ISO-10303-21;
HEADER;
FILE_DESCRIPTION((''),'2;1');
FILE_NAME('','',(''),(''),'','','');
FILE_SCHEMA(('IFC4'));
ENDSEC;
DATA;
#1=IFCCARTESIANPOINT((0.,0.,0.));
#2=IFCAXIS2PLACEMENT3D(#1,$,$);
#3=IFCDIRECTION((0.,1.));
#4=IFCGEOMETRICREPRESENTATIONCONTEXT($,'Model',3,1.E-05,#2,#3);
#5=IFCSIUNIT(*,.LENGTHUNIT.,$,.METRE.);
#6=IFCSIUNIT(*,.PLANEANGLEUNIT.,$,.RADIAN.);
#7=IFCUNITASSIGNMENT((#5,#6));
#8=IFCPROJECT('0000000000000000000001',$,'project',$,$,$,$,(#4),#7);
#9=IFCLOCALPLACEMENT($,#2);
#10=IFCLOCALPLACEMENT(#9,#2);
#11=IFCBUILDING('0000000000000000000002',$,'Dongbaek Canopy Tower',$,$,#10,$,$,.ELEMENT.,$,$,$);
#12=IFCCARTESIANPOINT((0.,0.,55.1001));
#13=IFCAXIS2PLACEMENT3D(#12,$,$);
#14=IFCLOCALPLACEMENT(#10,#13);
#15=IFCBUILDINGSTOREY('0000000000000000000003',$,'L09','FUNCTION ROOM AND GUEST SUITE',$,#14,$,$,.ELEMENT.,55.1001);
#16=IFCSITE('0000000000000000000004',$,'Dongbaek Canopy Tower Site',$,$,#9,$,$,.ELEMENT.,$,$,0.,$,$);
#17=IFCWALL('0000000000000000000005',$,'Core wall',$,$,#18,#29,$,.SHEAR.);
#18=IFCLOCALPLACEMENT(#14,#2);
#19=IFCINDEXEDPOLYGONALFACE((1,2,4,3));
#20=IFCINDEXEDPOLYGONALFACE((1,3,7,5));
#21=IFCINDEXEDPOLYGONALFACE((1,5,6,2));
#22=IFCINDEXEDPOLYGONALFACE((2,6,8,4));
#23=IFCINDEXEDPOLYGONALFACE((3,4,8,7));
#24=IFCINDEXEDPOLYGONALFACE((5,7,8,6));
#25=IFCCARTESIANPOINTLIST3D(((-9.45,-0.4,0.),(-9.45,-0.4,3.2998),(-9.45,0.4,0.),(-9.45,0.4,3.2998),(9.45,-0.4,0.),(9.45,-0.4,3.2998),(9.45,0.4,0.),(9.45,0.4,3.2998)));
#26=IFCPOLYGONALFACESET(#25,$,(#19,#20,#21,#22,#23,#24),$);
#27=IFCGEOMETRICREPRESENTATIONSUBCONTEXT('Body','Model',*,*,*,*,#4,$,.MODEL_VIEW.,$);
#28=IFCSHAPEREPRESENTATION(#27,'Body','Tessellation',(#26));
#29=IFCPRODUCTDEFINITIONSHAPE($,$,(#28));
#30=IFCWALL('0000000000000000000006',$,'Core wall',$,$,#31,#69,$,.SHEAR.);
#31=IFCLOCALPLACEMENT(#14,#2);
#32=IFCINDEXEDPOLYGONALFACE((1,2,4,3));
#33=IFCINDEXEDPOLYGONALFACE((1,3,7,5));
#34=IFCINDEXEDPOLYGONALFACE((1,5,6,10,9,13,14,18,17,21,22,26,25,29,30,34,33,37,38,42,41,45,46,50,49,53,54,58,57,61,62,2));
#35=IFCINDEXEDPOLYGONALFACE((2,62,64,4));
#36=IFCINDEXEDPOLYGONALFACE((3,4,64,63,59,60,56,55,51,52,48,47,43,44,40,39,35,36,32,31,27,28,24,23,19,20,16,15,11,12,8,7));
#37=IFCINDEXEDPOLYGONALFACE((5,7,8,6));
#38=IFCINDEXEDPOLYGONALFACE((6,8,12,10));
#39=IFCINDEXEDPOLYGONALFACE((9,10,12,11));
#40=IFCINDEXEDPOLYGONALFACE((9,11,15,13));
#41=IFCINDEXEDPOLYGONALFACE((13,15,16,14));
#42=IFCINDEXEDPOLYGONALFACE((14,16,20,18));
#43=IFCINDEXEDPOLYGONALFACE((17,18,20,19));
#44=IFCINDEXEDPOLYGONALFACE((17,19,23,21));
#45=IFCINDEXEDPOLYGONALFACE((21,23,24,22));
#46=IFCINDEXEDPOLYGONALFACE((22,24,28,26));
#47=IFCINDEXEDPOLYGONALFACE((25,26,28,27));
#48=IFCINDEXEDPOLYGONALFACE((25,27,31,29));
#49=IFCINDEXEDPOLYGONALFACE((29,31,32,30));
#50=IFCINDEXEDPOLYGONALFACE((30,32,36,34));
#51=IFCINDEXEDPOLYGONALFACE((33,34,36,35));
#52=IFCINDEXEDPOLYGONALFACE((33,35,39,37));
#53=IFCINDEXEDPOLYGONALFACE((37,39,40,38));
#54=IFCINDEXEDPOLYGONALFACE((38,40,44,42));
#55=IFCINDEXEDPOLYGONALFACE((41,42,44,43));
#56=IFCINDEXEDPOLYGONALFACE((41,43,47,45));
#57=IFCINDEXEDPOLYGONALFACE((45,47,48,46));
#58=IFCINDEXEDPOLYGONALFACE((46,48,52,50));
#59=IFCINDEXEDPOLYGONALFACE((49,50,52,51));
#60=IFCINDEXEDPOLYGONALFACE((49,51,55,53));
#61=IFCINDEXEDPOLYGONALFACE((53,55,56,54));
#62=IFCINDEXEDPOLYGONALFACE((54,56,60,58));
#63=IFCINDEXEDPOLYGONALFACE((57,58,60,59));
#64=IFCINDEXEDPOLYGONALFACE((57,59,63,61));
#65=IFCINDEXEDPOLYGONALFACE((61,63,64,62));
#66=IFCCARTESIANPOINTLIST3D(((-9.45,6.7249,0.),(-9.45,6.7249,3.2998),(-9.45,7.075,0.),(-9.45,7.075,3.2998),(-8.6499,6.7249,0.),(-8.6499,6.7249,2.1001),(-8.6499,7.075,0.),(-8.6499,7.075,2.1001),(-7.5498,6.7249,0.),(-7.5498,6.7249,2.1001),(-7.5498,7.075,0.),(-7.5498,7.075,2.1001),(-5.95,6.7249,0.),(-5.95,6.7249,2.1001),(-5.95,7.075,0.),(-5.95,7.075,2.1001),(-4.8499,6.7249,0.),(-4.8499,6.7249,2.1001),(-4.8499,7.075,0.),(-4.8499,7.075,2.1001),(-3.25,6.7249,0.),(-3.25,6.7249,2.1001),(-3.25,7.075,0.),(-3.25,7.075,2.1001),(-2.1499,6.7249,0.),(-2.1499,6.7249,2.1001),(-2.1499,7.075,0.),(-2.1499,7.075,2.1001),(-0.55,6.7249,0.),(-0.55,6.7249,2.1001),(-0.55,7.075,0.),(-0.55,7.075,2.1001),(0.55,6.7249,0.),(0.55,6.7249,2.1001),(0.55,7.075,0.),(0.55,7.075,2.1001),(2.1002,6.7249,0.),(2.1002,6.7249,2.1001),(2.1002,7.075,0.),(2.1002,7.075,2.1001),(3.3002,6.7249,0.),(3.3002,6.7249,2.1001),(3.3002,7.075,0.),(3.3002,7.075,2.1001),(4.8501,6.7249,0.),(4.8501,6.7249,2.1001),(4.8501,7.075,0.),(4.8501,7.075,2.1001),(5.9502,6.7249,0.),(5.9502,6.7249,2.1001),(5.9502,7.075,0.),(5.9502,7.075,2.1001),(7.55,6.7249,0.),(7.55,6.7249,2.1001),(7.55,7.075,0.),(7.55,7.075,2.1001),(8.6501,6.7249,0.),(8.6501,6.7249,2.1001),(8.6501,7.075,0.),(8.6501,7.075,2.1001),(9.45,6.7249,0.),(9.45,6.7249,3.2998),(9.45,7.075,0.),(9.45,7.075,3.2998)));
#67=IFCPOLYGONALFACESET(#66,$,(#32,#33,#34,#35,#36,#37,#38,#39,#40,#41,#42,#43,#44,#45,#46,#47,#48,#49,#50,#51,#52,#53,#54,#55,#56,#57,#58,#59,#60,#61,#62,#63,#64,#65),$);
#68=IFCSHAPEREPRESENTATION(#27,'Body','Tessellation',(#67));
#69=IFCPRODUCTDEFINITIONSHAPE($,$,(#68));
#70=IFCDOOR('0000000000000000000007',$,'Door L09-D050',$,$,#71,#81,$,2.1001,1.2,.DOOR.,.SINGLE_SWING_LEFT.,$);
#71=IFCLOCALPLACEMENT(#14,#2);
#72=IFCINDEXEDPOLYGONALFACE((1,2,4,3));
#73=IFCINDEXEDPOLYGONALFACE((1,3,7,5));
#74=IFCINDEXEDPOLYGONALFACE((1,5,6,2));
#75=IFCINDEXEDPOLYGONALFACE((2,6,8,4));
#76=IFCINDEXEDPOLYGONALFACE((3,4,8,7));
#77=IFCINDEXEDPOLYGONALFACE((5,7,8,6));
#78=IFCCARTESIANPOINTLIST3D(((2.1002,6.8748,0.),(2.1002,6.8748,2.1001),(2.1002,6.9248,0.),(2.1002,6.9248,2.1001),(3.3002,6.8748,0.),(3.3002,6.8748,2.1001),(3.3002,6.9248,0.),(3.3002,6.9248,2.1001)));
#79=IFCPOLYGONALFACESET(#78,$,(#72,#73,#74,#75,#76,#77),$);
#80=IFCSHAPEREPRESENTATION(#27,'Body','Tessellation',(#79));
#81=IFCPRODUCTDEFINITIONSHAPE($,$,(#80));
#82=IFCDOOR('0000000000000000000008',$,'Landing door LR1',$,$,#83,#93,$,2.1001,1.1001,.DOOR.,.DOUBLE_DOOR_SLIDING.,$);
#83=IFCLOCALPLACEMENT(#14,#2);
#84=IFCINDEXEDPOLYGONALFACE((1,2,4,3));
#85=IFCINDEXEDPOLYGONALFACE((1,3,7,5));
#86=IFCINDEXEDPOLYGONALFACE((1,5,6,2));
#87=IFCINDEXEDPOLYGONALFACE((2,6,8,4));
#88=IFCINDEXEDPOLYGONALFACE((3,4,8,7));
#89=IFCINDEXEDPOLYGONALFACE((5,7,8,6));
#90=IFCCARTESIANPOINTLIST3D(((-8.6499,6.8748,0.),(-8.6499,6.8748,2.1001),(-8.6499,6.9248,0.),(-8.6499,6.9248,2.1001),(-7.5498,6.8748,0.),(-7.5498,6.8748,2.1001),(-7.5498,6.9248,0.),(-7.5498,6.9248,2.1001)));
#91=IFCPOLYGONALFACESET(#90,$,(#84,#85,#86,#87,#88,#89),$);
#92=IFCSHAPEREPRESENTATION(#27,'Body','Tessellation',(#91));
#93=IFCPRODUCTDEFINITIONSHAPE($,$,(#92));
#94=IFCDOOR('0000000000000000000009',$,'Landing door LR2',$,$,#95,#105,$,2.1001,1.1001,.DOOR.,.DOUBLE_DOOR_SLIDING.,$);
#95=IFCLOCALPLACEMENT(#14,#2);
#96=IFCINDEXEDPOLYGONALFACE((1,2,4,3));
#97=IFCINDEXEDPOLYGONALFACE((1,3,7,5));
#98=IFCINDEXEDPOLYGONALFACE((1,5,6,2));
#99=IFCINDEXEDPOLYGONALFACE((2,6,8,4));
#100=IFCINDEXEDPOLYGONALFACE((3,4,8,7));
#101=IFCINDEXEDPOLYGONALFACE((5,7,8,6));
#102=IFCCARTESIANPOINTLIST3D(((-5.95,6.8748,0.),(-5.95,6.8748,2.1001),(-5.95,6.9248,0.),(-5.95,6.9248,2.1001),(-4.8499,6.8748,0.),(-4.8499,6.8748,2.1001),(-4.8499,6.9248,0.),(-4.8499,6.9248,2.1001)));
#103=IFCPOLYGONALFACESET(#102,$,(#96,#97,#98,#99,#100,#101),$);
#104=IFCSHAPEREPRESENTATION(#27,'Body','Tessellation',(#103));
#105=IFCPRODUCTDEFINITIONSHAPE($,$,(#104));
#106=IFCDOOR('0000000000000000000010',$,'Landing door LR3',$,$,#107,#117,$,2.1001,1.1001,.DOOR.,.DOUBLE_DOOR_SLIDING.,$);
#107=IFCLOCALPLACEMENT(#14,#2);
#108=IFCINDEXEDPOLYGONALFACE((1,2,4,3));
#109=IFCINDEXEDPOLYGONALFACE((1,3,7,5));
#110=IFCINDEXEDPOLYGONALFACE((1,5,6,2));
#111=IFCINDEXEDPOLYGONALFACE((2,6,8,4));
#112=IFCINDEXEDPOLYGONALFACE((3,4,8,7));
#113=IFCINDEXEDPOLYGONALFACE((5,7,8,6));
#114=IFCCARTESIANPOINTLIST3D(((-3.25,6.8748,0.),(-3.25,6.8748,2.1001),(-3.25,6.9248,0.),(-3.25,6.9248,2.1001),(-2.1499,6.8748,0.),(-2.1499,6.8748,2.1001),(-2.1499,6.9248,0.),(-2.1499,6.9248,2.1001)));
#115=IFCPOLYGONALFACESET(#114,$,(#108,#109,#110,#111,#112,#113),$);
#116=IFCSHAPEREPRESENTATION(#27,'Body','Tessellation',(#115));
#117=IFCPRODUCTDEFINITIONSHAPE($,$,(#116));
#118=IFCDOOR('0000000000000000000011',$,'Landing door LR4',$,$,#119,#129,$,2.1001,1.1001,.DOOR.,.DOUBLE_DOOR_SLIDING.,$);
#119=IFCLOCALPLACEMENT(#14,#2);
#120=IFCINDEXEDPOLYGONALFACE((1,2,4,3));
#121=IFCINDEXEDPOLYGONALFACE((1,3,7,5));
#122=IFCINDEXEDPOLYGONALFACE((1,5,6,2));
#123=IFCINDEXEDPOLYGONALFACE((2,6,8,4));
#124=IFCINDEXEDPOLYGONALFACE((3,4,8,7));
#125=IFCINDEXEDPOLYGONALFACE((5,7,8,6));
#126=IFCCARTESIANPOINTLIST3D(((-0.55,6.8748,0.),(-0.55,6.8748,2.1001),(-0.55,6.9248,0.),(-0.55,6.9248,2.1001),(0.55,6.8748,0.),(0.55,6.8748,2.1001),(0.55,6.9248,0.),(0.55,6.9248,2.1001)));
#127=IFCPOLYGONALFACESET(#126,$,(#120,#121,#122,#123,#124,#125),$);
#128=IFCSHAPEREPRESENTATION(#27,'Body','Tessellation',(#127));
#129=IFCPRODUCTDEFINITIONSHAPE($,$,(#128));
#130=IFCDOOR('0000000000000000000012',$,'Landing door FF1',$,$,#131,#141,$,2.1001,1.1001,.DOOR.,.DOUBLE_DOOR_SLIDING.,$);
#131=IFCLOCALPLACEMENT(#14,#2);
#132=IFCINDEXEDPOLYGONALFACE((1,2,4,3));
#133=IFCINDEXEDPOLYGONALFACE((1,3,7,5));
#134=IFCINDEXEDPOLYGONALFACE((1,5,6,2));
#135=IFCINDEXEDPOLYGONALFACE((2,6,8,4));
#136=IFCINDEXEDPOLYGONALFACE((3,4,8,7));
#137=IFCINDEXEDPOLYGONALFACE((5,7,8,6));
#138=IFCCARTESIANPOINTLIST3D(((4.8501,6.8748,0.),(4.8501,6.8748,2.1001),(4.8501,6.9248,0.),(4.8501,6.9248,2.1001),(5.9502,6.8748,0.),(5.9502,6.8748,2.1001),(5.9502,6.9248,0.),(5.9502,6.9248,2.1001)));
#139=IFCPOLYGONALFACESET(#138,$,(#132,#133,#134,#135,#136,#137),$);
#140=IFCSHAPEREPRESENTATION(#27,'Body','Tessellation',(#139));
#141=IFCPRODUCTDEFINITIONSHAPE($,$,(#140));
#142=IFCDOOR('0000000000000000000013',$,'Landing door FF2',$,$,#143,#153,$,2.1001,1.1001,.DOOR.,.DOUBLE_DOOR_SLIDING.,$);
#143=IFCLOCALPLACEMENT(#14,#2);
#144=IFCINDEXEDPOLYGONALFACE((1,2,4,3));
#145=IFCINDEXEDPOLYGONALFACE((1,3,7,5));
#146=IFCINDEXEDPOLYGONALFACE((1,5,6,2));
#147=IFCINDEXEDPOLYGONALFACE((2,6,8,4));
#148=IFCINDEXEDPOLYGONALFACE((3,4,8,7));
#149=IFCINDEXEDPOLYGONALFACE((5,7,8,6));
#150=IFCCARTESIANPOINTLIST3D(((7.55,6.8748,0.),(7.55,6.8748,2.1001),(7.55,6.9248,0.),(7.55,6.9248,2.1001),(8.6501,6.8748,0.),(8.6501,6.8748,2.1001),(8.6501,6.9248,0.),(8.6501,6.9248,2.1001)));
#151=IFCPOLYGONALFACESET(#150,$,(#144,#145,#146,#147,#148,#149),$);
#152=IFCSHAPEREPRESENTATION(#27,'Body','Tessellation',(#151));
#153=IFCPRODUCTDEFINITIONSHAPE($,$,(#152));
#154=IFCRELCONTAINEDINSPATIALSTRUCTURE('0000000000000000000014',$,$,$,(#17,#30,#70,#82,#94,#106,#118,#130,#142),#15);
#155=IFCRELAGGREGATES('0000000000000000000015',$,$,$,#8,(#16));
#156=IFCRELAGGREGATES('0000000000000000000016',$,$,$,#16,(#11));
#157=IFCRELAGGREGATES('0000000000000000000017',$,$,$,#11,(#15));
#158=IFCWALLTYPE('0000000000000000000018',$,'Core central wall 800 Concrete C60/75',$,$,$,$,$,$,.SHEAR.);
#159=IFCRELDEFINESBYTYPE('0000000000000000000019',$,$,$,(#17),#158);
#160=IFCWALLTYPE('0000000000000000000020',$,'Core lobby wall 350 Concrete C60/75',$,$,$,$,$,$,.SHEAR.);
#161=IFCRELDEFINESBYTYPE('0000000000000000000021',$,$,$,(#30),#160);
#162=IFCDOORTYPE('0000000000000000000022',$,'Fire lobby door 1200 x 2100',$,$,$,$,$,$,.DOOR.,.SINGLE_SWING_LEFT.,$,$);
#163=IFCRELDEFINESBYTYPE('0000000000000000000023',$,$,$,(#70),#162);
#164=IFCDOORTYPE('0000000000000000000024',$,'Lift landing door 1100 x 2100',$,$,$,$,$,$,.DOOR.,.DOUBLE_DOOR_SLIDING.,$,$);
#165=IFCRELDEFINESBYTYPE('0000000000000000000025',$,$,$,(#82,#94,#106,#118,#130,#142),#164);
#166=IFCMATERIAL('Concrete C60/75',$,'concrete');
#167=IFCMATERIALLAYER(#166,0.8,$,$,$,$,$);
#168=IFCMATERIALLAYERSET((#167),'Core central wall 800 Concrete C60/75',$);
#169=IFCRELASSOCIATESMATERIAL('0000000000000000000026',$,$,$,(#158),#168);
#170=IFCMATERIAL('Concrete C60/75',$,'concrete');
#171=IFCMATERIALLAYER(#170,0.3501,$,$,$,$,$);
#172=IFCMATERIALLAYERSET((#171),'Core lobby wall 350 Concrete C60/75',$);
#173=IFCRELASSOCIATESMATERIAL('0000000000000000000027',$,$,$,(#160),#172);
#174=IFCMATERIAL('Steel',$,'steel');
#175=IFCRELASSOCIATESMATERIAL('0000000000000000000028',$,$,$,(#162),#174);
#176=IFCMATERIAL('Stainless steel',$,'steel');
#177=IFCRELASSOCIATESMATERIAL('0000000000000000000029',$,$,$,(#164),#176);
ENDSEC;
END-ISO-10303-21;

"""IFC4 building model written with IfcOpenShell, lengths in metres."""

from ifc_helpers import new_model, si_unit, direction, frame, frame_2d, origin, place, context, subcontext, project, spatial, rectangle, extrude, material, layer, layer_set, type_object, element, fill, save


model = new_model("IFC4")

# Units and contexts
model_context = context("Model", 3, precision=1e-05, world=origin(), true_north=direction((0.0, 1.0)))
body_context = subcontext(model_context, "Body", "Model", "MODEL_VIEW")
ifc_project = project(units=[si_unit("LENGTHUNIT", "METRE"), si_unit("PLANEANGLEUNIT", "RADIAN")], contexts=[model_context])

# Site, building, storey
site_placement = place(None, origin())
site = spatial("IfcSite", under=ifc_project, at=site_placement, Name="Dongbaek Canopy Tower Site", CompositionType="ELEMENT", RefElevation=0.0)
building_placement = place(site_placement, origin())
building = spatial("IfcBuilding", under=site, at=building_placement, Name="Dongbaek Canopy Tower", CompositionType="ELEMENT")
storey_placement = place(building_placement, frame((0.0, 0.0, 55.1001)))
storey = spatial("IfcBuildingStorey", under=building, at=storey_placement, Name="L09", Description="FUNCTION ROOM AND GUEST SUITE", CompositionType="ELEMENT", Elevation=55.1001)

# Wall
ifc_material_1 = material(Name="Concrete C60/75", Category="concrete")
ifc_layer_1 = layer(ifc_material_1, 0.8)
ifc_layer_set_1 = layer_set([ifc_layer_1], Name="Core central wall 800 Concrete C60/75")
wall_type_1 = type_object("IfcWallType", Name="Core central wall 800 Concrete C60/75", PredefinedType="SHEAR", material=ifc_layer_set_1)
wall_1_placement = place(storey_placement, frame((-9.45, 0.0, 0.0), z_axis=(0.0, 0.0, 1.0), x_axis=(1.0, 0.0, 0.0)))
element("IfcWall", 1, at=wall_1_placement, inside=storey, type_object=wall_type_1, Name="Core wall", PredefinedType="SHEAR", context=body_context, shape_type="SweptSolid", body=[
    extrude(rectangle(XDim=18.8999, YDim=0.8, at=frame_2d((9.45, 0.0))), origin(), (0.0, 0.0, 1.0), 3.2998),
])

# Wall, openings, doors
ifc_material_2 = material(Name="Concrete C60/75", Category="concrete")
ifc_layer_2 = layer(ifc_material_2, 0.3501)
ifc_layer_set_2 = layer_set([ifc_layer_2], Name="Core lobby wall 350 Concrete C60/75")
wall_type_2 = type_object("IfcWallType", Name="Core lobby wall 350 Concrete C60/75", PredefinedType="SHEAR", material=ifc_layer_set_2)
wall_2_placement = place(storey_placement, frame((-9.45, 6.8999, 0.0), z_axis=(0.0, 0.0, 1.0), x_axis=(1.0, 0.0, 0.0)))
wall_2 = element("IfcWall", 2, at=wall_2_placement, inside=storey, type_object=wall_type_2, Name="Core wall", PredefinedType="SHEAR", context=body_context, shape_type="SweptSolid", body=[
    extrude(rectangle(XDim=18.8999, YDim=0.3501, at=frame_2d((9.45, 0.0))), origin(), (0.0, 0.0, 1.0), 3.2998),
])
opening_1_placement = place(wall_2_placement, frame((0.8, 0.0, 0.0)))
opening_1 = element("IfcOpeningElement", 3, at=opening_1_placement, cuts=wall_2, PredefinedType="OPENING", context=body_context, shape_type="SweptSolid", body=[
    extrude(rectangle(XDim=1.1001, YDim=2.1001, at=frame_2d((0.55, 1.05))), frame((0.0, 0.1851, 0.0), z_axis=(0.0, -1.0, 0.0), x_axis=(1.0, 0.0, 0.0)), (0.0, 0.0, 1.0), 0.3701),
])
opening_2_placement = place(wall_2_placement, frame((3.5, 0.0, 0.0)))
opening_2 = element("IfcOpeningElement", 4, at=opening_2_placement, cuts=wall_2, PredefinedType="OPENING", context=body_context, shape_type="SweptSolid", body=[
    extrude(rectangle(XDim=1.1001, YDim=2.1001, at=frame_2d((0.55, 1.05))), frame((0.0, 0.1851, 0.0), z_axis=(0.0, -1.0, 0.0), x_axis=(1.0, 0.0, 0.0)), (0.0, 0.0, 1.0), 0.3701),
])
opening_3_placement = place(wall_2_placement, frame((6.2, 0.0, 0.0)))
opening_3 = element("IfcOpeningElement", 5, at=opening_3_placement, cuts=wall_2, PredefinedType="OPENING", context=body_context, shape_type="SweptSolid", body=[
    extrude(rectangle(XDim=1.1001, YDim=2.1001, at=frame_2d((0.55, 1.05))), frame((0.0, 0.1851, 0.0), z_axis=(0.0, -1.0, 0.0), x_axis=(1.0, 0.0, 0.0)), (0.0, 0.0, 1.0), 0.3701),
])
opening_4_placement = place(wall_2_placement, frame((8.8999, 0.0, 0.0)))
opening_4 = element("IfcOpeningElement", 6, at=opening_4_placement, cuts=wall_2, PredefinedType="OPENING", context=body_context, shape_type="SweptSolid", body=[
    extrude(rectangle(XDim=1.1001, YDim=2.1001, at=frame_2d((0.55, 1.05))), frame((0.0, 0.1851, 0.0), z_axis=(0.0, -1.0, 0.0), x_axis=(1.0, 0.0, 0.0)), (0.0, 0.0, 1.0), 0.3701),
])
opening_5_placement = place(wall_2_placement, frame((11.55, 0.0, 0.0)))
opening_5 = element("IfcOpeningElement", 7, at=opening_5_placement, cuts=wall_2, PredefinedType="OPENING", context=body_context, shape_type="SweptSolid", body=[
    extrude(rectangle(XDim=1.2, YDim=2.1001, at=frame_2d((0.6001, 1.05))), frame((0.0, 0.1851, 0.0), z_axis=(0.0, -1.0, 0.0), x_axis=(1.0, 0.0, 0.0)), (0.0, 0.0, 1.0), 0.3701),
])
opening_6_placement = place(wall_2_placement, frame((14.3, 0.0, 0.0)))
opening_6 = element("IfcOpeningElement", 8, at=opening_6_placement, cuts=wall_2, PredefinedType="OPENING", context=body_context, shape_type="SweptSolid", body=[
    extrude(rectangle(XDim=1.1001, YDim=2.1001, at=frame_2d((0.55, 1.05))), frame((0.0, 0.1851, 0.0), z_axis=(0.0, -1.0, 0.0), x_axis=(1.0, 0.0, 0.0)), (0.0, 0.0, 1.0), 0.3701),
])
opening_7_placement = place(wall_2_placement, frame((17.0, 0.0, 0.0)))
opening_7 = element("IfcOpeningElement", 9, at=opening_7_placement, cuts=wall_2, PredefinedType="OPENING", context=body_context, shape_type="SweptSolid", body=[
    extrude(rectangle(XDim=1.1001, YDim=2.1001, at=frame_2d((0.55, 1.05))), frame((0.0, 0.1851, 0.0), z_axis=(0.0, -1.0, 0.0), x_axis=(1.0, 0.0, 0.0)), (0.0, 0.0, 1.0), 0.3701),
])
ifc_material_3 = material(Name="Steel", Category="steel")
door_type_1 = type_object("IfcDoorType", Name="Fire lobby door 1200 x 2100", OperationType="SINGLE_SWING_LEFT", PredefinedType="DOOR", material=ifc_material_3)
door_1_placement = place(opening_5_placement, origin())
door_1 = element("IfcDoor", 10, at=door_1_placement, inside=storey, type_object=door_type_1, Name="Door L09-D050", OperationType="SINGLE_SWING_LEFT", OverallHeight=2.1001, OverallWidth=1.2, PredefinedType="DOOR", context=body_context, shape_type="SweptSolid", body=[
    extrude(rectangle(XDim=1.2, YDim=2.1001, at=frame_2d((0.6001, 1.05))), frame((0.0, 0.0249, 0.0), z_axis=(0.0, -1.0, 0.0), x_axis=(1.0, 0.0, 0.0)), (0.0, 0.0, 1.0), 0.05),
])
fill(opening_5, door_1)
ifc_material_4 = material(Name="Stainless steel", Category="steel")
door_type_2 = type_object("IfcDoorType", Name="Lift landing door 1100 x 2100", OperationType="DOUBLE_DOOR_SLIDING", PredefinedType="DOOR", material=ifc_material_4)
door_2_placement = place(opening_1_placement, origin())
door_2 = element("IfcDoor", 11, at=door_2_placement, inside=storey, type_object=door_type_2, Name="Landing door LR1", OperationType="DOUBLE_DOOR_SLIDING", OverallHeight=2.1001, OverallWidth=1.1001, PredefinedType="DOOR", context=body_context, shape_type="SweptSolid", body=[
    extrude(rectangle(XDim=1.1001, YDim=2.1001, at=frame_2d((0.55, 1.05))), frame((0.0, 0.0249, 0.0), z_axis=(0.0, -1.0, 0.0), x_axis=(1.0, 0.0, 0.0)), (0.0, 0.0, 1.0), 0.05),
])
fill(opening_1, door_2)
door_3_placement = place(opening_2_placement, origin())
door_3 = element("IfcDoor", 12, at=door_3_placement, inside=storey, type_object=door_type_2, Name="Landing door LR2", OperationType="DOUBLE_DOOR_SLIDING", OverallHeight=2.1001, OverallWidth=1.1001, PredefinedType="DOOR", context=body_context, shape_type="SweptSolid", body=[
    extrude(rectangle(XDim=1.1001, YDim=2.1001, at=frame_2d((0.55, 1.05))), frame((0.0, 0.0249, 0.0), z_axis=(0.0, -1.0, 0.0), x_axis=(1.0, 0.0, 0.0)), (0.0, 0.0, 1.0), 0.05),
])
fill(opening_2, door_3)
door_4_placement = place(opening_3_placement, origin())
door_4 = element("IfcDoor", 13, at=door_4_placement, inside=storey, type_object=door_type_2, Name="Landing door LR3", OperationType="DOUBLE_DOOR_SLIDING", OverallHeight=2.1001, OverallWidth=1.1001, PredefinedType="DOOR", context=body_context, shape_type="SweptSolid", body=[
    extrude(rectangle(XDim=1.1001, YDim=2.1001, at=frame_2d((0.55, 1.05))), frame((0.0, 0.0249, 0.0), z_axis=(0.0, -1.0, 0.0), x_axis=(1.0, 0.0, 0.0)), (0.0, 0.0, 1.0), 0.05),
])
fill(opening_3, door_4)
door_5_placement = place(opening_4_placement, origin())
door_5 = element("IfcDoor", 14, at=door_5_placement, inside=storey, type_object=door_type_2, Name="Landing door LR4", OperationType="DOUBLE_DOOR_SLIDING", OverallHeight=2.1001, OverallWidth=1.1001, PredefinedType="DOOR", context=body_context, shape_type="SweptSolid", body=[
    extrude(rectangle(XDim=1.1001, YDim=2.1001, at=frame_2d((0.55, 1.05))), frame((0.0, 0.0249, 0.0), z_axis=(0.0, -1.0, 0.0), x_axis=(1.0, 0.0, 0.0)), (0.0, 0.0, 1.0), 0.05),
])
fill(opening_4, door_5)
door_6_placement = place(opening_6_placement, origin())
door_6 = element("IfcDoor", 15, at=door_6_placement, inside=storey, type_object=door_type_2, Name="Landing door FF1", OperationType="DOUBLE_DOOR_SLIDING", OverallHeight=2.1001, OverallWidth=1.1001, PredefinedType="DOOR", context=body_context, shape_type="SweptSolid", body=[
    extrude(rectangle(XDim=1.1001, YDim=2.1001, at=frame_2d((0.55, 1.05))), frame((0.0, 0.0249, 0.0), z_axis=(0.0, -1.0, 0.0), x_axis=(1.0, 0.0, 0.0)), (0.0, 0.0, 1.0), 0.05),
])
fill(opening_6, door_6)
door_7_placement = place(opening_7_placement, origin())
door_7 = element("IfcDoor", 16, at=door_7_placement, inside=storey, type_object=door_type_2, Name="Landing door FF2", OperationType="DOUBLE_DOOR_SLIDING", OverallHeight=2.1001, OverallWidth=1.1001, PredefinedType="DOOR", context=body_context, shape_type="SweptSolid", body=[
    extrude(rectangle(XDim=1.1001, YDim=2.1001, at=frame_2d((0.55, 1.05))), frame((0.0, 0.0249, 0.0), z_axis=(0.0, -1.0, 0.0), x_axis=(1.0, 0.0, 0.0)), (0.0, 0.0, 1.0), 0.05),
])
fill(opening_7, door_7)

save(model, "model.ifc")
